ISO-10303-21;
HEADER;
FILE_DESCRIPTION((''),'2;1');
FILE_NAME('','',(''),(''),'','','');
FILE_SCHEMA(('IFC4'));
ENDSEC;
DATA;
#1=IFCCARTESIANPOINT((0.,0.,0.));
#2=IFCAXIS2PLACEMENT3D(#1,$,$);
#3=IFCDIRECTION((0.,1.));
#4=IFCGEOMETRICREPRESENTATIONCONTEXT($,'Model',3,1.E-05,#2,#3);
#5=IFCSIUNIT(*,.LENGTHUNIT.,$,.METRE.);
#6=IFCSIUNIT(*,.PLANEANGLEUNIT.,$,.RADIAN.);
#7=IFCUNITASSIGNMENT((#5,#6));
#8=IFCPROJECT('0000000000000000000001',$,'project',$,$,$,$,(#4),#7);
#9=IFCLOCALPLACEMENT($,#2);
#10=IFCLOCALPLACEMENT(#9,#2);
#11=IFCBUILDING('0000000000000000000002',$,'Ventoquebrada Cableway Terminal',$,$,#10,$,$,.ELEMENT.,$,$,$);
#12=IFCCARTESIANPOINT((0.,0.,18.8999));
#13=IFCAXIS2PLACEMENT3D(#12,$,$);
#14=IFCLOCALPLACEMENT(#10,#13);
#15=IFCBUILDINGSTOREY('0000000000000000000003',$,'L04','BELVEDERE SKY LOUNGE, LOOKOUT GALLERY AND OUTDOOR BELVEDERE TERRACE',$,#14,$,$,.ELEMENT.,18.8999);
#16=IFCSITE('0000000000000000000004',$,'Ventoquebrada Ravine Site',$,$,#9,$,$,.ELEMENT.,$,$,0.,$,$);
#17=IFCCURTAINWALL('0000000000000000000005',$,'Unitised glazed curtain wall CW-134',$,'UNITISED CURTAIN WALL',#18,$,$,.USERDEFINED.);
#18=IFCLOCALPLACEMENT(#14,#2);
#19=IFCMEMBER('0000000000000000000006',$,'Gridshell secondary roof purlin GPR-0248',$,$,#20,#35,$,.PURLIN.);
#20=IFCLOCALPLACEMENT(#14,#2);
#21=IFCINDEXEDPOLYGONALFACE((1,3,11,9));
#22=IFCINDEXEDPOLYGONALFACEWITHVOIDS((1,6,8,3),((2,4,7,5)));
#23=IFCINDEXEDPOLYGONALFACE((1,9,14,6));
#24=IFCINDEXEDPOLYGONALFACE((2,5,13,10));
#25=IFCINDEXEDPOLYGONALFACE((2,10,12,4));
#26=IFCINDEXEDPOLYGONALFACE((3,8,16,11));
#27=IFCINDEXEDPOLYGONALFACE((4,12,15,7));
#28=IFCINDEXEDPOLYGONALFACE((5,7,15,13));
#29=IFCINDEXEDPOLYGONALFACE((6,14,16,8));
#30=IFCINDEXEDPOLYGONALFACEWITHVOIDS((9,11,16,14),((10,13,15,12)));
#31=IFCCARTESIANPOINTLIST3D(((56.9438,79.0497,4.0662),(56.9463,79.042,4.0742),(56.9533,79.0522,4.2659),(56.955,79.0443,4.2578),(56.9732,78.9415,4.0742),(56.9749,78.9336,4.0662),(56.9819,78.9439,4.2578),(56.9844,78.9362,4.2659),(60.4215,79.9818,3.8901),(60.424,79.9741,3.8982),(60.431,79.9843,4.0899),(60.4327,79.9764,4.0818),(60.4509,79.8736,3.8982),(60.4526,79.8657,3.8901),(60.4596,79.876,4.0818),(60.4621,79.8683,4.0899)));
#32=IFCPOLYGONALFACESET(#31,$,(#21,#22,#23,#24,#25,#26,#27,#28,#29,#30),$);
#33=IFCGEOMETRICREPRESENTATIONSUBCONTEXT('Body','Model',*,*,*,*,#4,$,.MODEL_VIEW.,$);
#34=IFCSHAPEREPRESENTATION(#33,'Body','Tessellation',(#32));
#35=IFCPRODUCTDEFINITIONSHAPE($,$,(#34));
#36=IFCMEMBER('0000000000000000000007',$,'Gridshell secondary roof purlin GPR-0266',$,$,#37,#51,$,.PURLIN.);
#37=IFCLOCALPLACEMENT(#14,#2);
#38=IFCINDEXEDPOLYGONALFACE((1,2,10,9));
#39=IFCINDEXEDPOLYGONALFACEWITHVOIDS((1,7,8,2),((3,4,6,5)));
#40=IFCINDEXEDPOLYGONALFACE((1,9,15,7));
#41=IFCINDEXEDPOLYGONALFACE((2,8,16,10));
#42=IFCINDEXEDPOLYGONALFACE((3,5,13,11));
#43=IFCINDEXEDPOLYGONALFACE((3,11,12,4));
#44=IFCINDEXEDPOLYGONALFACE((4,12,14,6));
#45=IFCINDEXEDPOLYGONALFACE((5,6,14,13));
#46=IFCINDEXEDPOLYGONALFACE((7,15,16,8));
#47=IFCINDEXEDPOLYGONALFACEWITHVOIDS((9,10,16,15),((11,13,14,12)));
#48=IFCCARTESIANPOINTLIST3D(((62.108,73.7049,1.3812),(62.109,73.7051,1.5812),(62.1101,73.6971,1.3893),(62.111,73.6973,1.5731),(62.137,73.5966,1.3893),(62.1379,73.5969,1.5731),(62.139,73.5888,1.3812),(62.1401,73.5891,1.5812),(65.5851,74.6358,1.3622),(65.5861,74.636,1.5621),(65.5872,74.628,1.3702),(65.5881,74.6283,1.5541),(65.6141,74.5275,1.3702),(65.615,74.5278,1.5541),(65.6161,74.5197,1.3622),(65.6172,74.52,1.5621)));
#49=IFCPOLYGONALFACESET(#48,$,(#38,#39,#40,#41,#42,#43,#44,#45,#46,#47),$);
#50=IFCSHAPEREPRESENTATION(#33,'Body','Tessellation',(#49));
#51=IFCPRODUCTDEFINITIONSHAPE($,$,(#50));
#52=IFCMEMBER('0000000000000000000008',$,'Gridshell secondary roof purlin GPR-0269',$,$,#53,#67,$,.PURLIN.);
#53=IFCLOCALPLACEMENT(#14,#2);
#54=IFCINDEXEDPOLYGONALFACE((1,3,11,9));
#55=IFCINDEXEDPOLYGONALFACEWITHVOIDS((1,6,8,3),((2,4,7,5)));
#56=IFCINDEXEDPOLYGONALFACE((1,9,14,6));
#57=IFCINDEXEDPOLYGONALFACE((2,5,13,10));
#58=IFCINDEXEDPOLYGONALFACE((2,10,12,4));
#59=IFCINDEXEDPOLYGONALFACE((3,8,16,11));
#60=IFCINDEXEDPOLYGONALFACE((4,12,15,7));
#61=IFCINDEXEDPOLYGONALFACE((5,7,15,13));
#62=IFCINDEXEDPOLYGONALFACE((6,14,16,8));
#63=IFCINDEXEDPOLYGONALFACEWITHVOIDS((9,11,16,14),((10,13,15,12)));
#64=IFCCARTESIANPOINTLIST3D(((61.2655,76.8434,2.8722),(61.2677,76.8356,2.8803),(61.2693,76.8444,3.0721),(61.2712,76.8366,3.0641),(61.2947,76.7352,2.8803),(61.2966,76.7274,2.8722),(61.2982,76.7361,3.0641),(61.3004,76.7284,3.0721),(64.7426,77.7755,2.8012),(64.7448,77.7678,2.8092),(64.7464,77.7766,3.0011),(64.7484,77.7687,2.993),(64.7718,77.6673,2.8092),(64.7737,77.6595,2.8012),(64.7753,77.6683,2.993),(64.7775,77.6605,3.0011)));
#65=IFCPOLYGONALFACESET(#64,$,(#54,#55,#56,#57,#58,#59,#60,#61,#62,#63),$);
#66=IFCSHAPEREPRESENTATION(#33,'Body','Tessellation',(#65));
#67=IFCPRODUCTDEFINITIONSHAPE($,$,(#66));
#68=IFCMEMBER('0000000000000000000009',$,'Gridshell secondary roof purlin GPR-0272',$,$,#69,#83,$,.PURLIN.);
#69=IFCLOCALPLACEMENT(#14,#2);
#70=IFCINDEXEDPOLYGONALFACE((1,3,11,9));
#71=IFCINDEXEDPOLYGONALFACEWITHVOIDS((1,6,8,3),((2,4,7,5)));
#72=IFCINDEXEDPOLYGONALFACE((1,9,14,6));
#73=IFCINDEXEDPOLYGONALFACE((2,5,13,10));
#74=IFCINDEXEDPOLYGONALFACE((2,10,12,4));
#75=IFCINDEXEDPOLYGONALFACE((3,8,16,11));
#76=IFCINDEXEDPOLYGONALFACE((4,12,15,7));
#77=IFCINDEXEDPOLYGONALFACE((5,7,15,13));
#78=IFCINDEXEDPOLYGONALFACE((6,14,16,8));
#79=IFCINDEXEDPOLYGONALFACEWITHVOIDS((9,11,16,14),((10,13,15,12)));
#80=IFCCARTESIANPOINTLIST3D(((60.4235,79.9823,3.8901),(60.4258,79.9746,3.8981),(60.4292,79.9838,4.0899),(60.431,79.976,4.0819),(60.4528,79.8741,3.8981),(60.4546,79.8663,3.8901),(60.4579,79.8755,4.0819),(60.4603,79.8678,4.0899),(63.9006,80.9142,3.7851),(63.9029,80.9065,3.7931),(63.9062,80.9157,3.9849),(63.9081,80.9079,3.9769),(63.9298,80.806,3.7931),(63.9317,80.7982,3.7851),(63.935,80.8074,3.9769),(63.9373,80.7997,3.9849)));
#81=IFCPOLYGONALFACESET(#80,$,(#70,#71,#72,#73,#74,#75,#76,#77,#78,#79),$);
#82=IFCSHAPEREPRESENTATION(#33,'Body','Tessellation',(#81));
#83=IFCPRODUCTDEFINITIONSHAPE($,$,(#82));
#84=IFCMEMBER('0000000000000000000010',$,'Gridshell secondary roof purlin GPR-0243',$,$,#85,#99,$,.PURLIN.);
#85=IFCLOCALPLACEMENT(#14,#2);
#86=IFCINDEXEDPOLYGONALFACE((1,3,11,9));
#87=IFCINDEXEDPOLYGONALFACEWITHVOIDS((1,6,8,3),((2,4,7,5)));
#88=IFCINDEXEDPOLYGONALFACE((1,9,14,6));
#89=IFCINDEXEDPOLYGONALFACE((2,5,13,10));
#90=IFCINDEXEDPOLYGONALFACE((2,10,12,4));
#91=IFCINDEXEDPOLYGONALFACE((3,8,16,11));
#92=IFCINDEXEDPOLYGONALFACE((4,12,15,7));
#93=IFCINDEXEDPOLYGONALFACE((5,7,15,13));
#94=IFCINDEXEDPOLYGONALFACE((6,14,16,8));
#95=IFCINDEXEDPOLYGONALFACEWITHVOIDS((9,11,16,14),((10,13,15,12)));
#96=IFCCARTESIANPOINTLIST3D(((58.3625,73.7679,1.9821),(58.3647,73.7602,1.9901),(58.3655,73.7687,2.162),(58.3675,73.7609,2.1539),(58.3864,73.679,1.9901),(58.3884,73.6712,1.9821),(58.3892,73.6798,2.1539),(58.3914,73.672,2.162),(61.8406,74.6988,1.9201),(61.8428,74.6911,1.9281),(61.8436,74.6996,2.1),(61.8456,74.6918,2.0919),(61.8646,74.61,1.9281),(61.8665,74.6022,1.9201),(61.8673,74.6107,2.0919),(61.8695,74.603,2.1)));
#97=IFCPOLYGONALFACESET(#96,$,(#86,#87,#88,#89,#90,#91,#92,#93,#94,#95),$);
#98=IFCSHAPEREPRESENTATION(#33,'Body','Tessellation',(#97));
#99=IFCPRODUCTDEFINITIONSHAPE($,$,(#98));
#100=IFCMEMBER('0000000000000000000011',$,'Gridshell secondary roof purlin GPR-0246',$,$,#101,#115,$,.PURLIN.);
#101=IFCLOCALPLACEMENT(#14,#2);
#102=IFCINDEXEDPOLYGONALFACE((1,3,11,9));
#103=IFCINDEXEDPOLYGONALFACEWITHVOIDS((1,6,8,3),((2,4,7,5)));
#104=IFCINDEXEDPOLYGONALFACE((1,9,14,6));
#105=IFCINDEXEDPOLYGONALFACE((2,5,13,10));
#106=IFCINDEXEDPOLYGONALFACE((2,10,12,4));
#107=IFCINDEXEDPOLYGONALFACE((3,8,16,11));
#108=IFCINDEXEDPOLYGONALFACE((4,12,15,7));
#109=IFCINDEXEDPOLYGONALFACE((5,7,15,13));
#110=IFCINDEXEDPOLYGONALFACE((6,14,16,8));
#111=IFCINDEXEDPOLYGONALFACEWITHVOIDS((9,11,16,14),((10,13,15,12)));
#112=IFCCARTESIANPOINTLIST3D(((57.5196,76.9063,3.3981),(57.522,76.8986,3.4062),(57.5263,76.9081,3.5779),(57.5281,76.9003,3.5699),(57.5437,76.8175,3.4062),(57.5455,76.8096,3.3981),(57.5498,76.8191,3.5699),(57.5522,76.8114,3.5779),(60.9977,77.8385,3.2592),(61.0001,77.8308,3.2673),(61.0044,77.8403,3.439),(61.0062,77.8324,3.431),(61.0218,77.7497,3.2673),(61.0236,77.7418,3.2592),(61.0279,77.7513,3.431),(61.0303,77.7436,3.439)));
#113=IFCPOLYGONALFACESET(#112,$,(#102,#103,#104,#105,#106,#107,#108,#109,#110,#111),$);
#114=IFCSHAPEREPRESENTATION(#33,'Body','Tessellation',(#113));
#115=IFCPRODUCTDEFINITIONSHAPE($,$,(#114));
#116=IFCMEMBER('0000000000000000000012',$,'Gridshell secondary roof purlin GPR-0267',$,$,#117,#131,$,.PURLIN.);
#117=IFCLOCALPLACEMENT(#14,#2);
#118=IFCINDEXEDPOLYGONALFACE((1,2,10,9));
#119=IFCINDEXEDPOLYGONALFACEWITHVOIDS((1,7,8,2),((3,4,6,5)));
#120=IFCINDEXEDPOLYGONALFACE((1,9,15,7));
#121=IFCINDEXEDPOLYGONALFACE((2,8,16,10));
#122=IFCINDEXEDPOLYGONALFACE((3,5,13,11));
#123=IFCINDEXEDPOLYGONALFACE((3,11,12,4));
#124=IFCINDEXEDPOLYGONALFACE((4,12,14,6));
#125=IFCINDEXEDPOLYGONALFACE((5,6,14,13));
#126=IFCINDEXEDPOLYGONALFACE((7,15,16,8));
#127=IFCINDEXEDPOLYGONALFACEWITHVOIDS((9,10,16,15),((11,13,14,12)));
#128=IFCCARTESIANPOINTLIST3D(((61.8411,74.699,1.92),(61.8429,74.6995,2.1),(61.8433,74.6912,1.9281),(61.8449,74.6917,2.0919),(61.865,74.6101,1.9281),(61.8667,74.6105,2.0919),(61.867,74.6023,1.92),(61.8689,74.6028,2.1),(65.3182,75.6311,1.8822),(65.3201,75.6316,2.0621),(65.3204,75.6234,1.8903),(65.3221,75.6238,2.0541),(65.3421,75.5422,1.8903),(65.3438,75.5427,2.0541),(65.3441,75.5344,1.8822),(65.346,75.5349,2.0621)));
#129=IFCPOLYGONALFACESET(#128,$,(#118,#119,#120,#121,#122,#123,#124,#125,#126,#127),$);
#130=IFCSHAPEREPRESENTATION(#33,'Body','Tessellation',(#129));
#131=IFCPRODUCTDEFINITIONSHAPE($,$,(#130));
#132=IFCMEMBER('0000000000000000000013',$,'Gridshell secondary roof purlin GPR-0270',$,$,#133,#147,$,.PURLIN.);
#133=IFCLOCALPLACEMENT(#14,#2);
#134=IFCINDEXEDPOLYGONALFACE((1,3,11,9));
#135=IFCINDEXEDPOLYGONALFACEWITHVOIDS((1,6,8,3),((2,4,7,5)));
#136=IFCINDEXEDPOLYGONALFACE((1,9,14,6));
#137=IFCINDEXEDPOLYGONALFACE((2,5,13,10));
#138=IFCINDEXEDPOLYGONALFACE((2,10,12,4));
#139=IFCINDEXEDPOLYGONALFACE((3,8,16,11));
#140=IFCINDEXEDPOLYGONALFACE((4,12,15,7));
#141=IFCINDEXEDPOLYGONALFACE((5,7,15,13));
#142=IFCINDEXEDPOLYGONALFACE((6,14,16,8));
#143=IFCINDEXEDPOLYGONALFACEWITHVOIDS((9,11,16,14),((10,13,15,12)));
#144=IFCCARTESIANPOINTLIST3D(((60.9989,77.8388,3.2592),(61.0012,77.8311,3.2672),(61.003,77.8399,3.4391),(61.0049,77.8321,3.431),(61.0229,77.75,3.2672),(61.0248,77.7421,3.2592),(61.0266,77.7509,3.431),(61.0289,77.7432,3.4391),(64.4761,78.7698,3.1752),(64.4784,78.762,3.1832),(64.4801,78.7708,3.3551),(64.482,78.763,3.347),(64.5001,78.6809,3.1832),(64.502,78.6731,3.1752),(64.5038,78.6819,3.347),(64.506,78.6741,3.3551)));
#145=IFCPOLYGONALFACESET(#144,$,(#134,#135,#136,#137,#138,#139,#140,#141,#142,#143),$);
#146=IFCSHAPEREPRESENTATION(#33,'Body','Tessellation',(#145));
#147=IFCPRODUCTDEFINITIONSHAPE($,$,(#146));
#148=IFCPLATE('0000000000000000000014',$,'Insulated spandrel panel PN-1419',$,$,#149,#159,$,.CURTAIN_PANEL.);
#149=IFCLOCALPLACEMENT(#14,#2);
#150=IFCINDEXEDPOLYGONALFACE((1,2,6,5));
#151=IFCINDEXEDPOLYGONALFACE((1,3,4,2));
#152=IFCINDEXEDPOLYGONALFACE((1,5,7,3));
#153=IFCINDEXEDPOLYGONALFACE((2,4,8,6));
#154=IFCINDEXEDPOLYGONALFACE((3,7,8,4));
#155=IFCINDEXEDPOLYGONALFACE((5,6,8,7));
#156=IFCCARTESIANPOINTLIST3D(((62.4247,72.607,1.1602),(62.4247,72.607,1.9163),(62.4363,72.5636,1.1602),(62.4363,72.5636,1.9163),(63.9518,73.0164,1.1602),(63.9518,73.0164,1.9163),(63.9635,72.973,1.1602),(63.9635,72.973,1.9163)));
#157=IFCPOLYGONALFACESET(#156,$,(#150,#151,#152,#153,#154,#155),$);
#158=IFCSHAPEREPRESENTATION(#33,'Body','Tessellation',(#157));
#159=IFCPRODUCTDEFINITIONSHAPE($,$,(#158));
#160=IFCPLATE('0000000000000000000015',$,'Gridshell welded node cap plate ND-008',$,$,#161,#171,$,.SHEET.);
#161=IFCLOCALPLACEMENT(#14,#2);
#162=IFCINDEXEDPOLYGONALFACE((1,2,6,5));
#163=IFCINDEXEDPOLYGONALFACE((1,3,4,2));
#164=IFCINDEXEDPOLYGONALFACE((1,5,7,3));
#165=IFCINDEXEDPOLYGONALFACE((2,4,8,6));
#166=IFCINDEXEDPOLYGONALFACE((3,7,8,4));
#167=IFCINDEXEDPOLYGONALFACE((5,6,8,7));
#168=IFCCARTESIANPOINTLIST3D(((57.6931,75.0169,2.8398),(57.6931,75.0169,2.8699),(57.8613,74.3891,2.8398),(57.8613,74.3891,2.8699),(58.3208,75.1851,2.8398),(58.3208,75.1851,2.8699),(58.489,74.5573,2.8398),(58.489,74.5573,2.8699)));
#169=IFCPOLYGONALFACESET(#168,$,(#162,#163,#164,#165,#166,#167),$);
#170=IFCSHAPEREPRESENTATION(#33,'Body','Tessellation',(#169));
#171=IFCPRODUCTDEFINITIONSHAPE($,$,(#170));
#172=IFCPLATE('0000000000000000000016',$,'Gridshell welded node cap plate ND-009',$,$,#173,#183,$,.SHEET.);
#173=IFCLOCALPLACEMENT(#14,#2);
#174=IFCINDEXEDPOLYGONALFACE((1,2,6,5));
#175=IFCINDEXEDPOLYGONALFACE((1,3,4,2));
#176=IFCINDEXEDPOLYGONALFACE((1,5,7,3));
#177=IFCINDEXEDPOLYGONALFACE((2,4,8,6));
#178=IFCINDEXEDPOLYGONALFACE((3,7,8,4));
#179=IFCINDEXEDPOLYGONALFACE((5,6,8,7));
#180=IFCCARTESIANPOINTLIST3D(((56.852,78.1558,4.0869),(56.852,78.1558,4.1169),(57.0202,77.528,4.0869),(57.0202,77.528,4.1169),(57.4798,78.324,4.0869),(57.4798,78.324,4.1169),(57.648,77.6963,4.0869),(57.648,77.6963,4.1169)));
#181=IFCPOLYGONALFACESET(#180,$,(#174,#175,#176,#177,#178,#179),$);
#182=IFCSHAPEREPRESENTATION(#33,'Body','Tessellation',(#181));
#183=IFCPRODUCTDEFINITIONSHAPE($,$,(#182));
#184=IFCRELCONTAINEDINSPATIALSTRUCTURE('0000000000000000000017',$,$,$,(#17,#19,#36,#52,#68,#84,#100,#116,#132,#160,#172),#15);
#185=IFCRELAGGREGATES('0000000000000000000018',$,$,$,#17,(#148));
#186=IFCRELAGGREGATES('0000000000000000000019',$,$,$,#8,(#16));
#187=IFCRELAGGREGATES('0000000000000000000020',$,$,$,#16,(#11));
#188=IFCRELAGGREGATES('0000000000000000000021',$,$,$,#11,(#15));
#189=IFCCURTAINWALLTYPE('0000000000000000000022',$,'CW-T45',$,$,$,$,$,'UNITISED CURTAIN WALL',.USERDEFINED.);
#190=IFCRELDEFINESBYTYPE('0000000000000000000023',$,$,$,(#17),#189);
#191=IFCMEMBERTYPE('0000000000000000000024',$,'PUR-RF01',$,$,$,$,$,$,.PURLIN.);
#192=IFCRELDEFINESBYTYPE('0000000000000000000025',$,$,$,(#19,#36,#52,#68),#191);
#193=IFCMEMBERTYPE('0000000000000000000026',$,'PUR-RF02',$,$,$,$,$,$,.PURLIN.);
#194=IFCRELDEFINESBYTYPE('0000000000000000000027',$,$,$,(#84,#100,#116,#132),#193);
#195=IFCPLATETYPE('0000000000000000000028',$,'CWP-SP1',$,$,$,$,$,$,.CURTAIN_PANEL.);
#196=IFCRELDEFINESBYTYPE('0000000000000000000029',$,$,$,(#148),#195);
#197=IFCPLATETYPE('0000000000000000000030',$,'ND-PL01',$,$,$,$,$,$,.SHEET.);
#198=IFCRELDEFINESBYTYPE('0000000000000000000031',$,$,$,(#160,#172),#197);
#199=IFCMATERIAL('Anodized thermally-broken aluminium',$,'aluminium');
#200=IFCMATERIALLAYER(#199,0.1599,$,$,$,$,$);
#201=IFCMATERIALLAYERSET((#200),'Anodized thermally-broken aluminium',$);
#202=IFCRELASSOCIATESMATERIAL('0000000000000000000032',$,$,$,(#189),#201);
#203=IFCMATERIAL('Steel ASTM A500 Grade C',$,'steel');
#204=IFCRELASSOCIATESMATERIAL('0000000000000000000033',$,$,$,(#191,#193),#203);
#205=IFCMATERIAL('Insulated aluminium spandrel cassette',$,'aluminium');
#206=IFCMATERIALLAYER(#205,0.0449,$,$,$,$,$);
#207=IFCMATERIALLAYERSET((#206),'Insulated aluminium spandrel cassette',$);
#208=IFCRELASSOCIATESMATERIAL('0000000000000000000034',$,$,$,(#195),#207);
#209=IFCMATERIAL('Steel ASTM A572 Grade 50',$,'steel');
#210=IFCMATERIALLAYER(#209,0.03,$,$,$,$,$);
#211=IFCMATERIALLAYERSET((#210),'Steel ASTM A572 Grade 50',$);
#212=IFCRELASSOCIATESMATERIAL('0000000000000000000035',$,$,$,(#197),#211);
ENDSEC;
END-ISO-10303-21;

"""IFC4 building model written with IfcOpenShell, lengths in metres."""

from ifc_helpers import new_model, si_unit, direction, frame, origin, origin_2d, place, context, subcontext, project, spatial, rectangle, hollow_rectangle, extrude, material, layer, layer_set, material_profile, profile_set, type_object, element, aggregate, save


model = new_model("IFC4")

# Units and contexts
model_context = context("Model", 3, precision=1e-05, world=origin(), true_north=direction((0.0, 1.0)))
body_context = subcontext(model_context, "Body", "Model", "MODEL_VIEW")
ifc_project = project(units=[si_unit("LENGTHUNIT", "METRE"), si_unit("PLANEANGLEUNIT", "RADIAN")], contexts=[model_context])

# Site, building, storey
site_placement = place(None, origin())
site = spatial("IfcSite", under=ifc_project, at=site_placement, Name="Ventoquebrada Ravine Site", CompositionType="ELEMENT", RefElevation=0.0)
building_placement = place(site_placement, origin())
building = spatial("IfcBuilding", under=site, at=building_placement, Name="Ventoquebrada Cableway Terminal", CompositionType="ELEMENT")
storey_placement = place(building_placement, frame((0.0, 0.0, 18.8999)))
storey = spatial("IfcBuildingStorey", under=building, at=storey_placement, Name="L04", Description="BELVEDERE SKY LOUNGE, LOOKOUT GALLERY AND OUTDOOR BELVEDERE TERRACE", CompositionType="ELEMENT", Elevation=18.8999)

# Shared definitions
ifc_material_1 = material(Name="Steel ASTM A500 Grade C", Category="steel")

# Curtain wall
ifc_material_2 = material(Name="Anodized thermally-broken aluminium", Category="aluminium")
ifc_layer_1 = layer(ifc_material_2, 0.1599)
ifc_layer_set_1 = layer_set([ifc_layer_1], Name="Anodized thermally-broken aluminium")
curtain_wall_type = type_object("IfcCurtainWallType", Name="CW-T45", ElementType="UNITISED CURTAIN WALL", PredefinedType="USERDEFINED", material=ifc_layer_set_1)
curtain_wall_placement = place(storey_placement, origin())
curtain_wall = element("IfcCurtainWall", 1, at=curtain_wall_placement, inside=storey, type_object=curtain_wall_type, Name="Unitised glazed curtain wall CW-134", ObjectType="UNITISED CURTAIN WALL", PredefinedType="USERDEFINED")

# Members
ifc_material_profile_1 = material_profile(ifc_material_1, hollow_rectangle(XDim=0.1201, YDim=0.2, WallThickness=0.0081, at=origin_2d()), Name="RHS200X120X8")
ifc_profile_set_1 = profile_set([ifc_material_profile_1], Name="Steel ASTM A500 Grade C")
member_type_1 = type_object("IfcMemberType", Name="PUR-RF01", PredefinedType="PURLIN", material=ifc_profile_set_1)
member_1_placement = place(storey_placement, frame((56.9641, 78.9929, 4.166), z_axis=(0.964756, 0.258578, -0.04883), x_axis=(-0.258886, 0.965908, 0.0)))
element("IfcMember", 2, at=member_1_placement, inside=storey, type_object=member_type_1, Name="Gridshell secondary roof purlin GPR-0248", PredefinedType="PURLIN", context=body_context, shape_type="SweptSolid", body=[
    extrude(hollow_rectangle(XDim=0.1201, YDim=0.2, WallThickness=0.0081, at=origin_2d()), origin(), (0.0, 0.0, 1.0), 3.6047),
])
member_2_placement = place(storey_placement, frame((62.124, 73.647, 1.4812), z_axis=(0.965965, 0.258617, -0.00529), x_axis=(-0.258621, 0.965979, 0.0)))
element("IfcMember", 3, at=member_2_placement, inside=storey, type_object=member_type_1, Name="Gridshell secondary roof purlin GPR-0266", PredefinedType="PURLIN", context=body_context, shape_type="SweptSolid", body=[
    extrude(hollow_rectangle(XDim=0.1201, YDim=0.2, WallThickness=0.0081, at=origin_2d()), origin(), (0.0, 0.0, 1.0), 3.5996),
])
member_3_placement = place(storey_placement, frame((61.283, 76.7859, 2.9722), z_axis=(0.965706, 0.258887, -0.019732), x_axis=(-0.258937, 0.965894, 0.0)))
element("IfcMember", 4, at=member_3_placement, inside=storey, type_object=member_type_1, Name="Gridshell secondary roof purlin GPR-0269", PredefinedType="PURLIN", context=body_context, shape_type="SweptSolid", body=[
    extrude(hollow_rectangle(XDim=0.1201, YDim=0.2, WallThickness=0.0081, at=origin_2d()), origin(), (0.0, 0.0, 1.0), 3.6006),
])
member_4_placement = place(storey_placement, frame((60.4419, 79.925, 3.99), z_axis=(0.965501, 0.258764, -0.029151), x_axis=(-0.258874, 0.965911, 0.0)))
element("IfcMember", 5, at=member_4_placement, inside=storey, type_object=member_type_1, Name="Gridshell secondary roof purlin GPR-0272", PredefinedType="PURLIN", context=body_context, shape_type="SweptSolid", body=[
    extrude(hollow_rectangle(XDim=0.1201, YDim=0.2, WallThickness=0.0081, at=origin_2d()), origin(), (0.0, 0.0, 1.0), 3.6013),
])
ifc_material_profile_2 = material_profile(ifc_material_1, hollow_rectangle(XDim=0.1001, YDim=0.1799, WallThickness=0.0081, at=origin_2d()), Name="RHS180X100X8")
ifc_profile_set_2 = profile_set([ifc_material_profile_2], Name="Steel ASTM A500 Grade C")
member_type_2 = type_object("IfcMemberType", Name="PUR-RF02", PredefinedType="PURLIN", material=ifc_profile_set_2)
member_5_placement = place(storey_placement, frame((58.377, 73.72, 2.072), z_axis=(0.965854, 0.258515, -0.017221), x_axis=(-0.258553, 0.965997, 0.0)))
element("IfcMember", 6, at=member_5_placement, inside=storey, type_object=member_type_2, Name="Gridshell secondary roof purlin GPR-0243", PredefinedType="PURLIN", context=body_context, shape_type="SweptSolid", body=[
    extrude(hollow_rectangle(XDim=0.1001, YDim=0.1799, WallThickness=0.0081, at=origin_2d()), origin(), (0.0, 0.0, 1.0), 3.6011),
])
member_6_placement = place(storey_placement, frame((57.5359, 76.8589, 3.488), z_axis=(0.965194, 0.258677, -0.038551), x_axis=(-0.258869, 0.965912, 0.0)))
element("IfcMember", 7, at=member_6_placement, inside=storey, type_object=member_type_2, Name="Gridshell secondary roof purlin GPR-0246", PredefinedType="PURLIN", context=body_context, shape_type="SweptSolid", body=[
    extrude(hollow_rectangle(XDim=0.1001, YDim=0.1799, WallThickness=0.0081, at=origin_2d()), origin(), (0.0, 0.0, 1.0), 3.6035),
])
member_7_placement = place(storey_placement, frame((61.855, 74.6509, 2.01), z_axis=(0.965841, 0.258923, -0.010512), x_axis=(-0.258937, 0.965894, 0.0)))
element("IfcMember", 8, at=member_7_placement, inside=storey, type_object=member_type_2, Name="Gridshell secondary roof purlin GPR-0267", PredefinedType="PURLIN", context=body_context, shape_type="SweptSolid", body=[
    extrude(hollow_rectangle(XDim=0.1001, YDim=0.1799, WallThickness=0.0081, at=origin_2d()), origin(), (0.0, 0.0, 1.0), 3.6001),
])
member_8_placement = place(storey_placement, frame((61.0139, 77.791, 3.3491), z_axis=(0.965716, 0.25855, -0.023326), x_axis=(-0.258621, 0.965979, 0.0)))
element("IfcMember", 9, at=member_8_placement, inside=storey, type_object=member_type_2, Name="Gridshell secondary roof purlin GPR-0270", PredefinedType="PURLIN", context=body_context, shape_type="SweptSolid", body=[
    extrude(hollow_rectangle(XDim=0.1001, YDim=0.1799, WallThickness=0.0081, at=origin_2d()), origin(), (0.0, 0.0, 1.0), 3.6006),
])

# Plate
ifc_material_3 = material(Name="Insulated aluminium spandrel cassette", Category="aluminium")
ifc_layer_2 = layer(ifc_material_3, 0.0449)
ifc_layer_set_2 = layer_set([ifc_layer_2], Name="Insulated aluminium spandrel cassette")
plate_type_1 = type_object("IfcPlateType", Name="CWP-SP1", PredefinedType="CURTAIN_PANEL", material=ifc_layer_set_2)
plate_placement = place(storey_placement, frame((63.1941, 72.79, 1.1602), z_axis=(0.0, 0.0, 1.0), x_axis=(0.965894, 0.258937, 0.0)))
plate = element("IfcPlate", 10, at=plate_placement, type_object=plate_type_1, Name="Insulated spandrel panel PN-1419", PredefinedType="CURTAIN_PANEL", context=body_context, shape_type="SweptSolid", body=[
    extrude(rectangle(XDim=1.5811, YDim=0.0449, at=origin_2d()), origin(), (0.0, 0.0, 1.0), 0.7561),
])
aggregate(curtain_wall, [plate])

# Plates
ifc_material_4 = material(Name="Steel ASTM A572 Grade 50", Category="steel")
ifc_layer_3 = layer(ifc_material_4, 0.03)
ifc_layer_set_3 = layer_set([ifc_layer_3], Name="Steel ASTM A572 Grade 50")
plate_type_2 = type_object("IfcPlateType", Name="ND-PL01", PredefinedType="SHEET", material=ifc_layer_set_3)
for number, where, z_axis, x_axis, name in (
    (11, (58.0911, 74.7871, 2.8398), (0.0, 0.0, 1.0), (0.965926, 0.258819, 0.0), "Gridshell welded node cap plate ND-008"),
    (12, (57.25, 77.926, 4.0869), (0.0, 0.0, 1.0), (0.965926, 0.258819, 0.0), "Gridshell welded node cap plate ND-009"),
):
    element("IfcPlate", number, at=place(storey_placement, frame(where, z_axis=z_axis, x_axis=x_axis)), inside=storey, type_object=plate_type_2, Name=name, PredefinedType="SHEET", context=body_context, shape_type="SweptSolid", body=[
        extrude(rectangle(XDim=0.6499, YDim=0.6499, at=origin_2d()), origin(), (0.0, 0.0, 1.0), 0.03),
    ])

save(model, "model.ifc")
